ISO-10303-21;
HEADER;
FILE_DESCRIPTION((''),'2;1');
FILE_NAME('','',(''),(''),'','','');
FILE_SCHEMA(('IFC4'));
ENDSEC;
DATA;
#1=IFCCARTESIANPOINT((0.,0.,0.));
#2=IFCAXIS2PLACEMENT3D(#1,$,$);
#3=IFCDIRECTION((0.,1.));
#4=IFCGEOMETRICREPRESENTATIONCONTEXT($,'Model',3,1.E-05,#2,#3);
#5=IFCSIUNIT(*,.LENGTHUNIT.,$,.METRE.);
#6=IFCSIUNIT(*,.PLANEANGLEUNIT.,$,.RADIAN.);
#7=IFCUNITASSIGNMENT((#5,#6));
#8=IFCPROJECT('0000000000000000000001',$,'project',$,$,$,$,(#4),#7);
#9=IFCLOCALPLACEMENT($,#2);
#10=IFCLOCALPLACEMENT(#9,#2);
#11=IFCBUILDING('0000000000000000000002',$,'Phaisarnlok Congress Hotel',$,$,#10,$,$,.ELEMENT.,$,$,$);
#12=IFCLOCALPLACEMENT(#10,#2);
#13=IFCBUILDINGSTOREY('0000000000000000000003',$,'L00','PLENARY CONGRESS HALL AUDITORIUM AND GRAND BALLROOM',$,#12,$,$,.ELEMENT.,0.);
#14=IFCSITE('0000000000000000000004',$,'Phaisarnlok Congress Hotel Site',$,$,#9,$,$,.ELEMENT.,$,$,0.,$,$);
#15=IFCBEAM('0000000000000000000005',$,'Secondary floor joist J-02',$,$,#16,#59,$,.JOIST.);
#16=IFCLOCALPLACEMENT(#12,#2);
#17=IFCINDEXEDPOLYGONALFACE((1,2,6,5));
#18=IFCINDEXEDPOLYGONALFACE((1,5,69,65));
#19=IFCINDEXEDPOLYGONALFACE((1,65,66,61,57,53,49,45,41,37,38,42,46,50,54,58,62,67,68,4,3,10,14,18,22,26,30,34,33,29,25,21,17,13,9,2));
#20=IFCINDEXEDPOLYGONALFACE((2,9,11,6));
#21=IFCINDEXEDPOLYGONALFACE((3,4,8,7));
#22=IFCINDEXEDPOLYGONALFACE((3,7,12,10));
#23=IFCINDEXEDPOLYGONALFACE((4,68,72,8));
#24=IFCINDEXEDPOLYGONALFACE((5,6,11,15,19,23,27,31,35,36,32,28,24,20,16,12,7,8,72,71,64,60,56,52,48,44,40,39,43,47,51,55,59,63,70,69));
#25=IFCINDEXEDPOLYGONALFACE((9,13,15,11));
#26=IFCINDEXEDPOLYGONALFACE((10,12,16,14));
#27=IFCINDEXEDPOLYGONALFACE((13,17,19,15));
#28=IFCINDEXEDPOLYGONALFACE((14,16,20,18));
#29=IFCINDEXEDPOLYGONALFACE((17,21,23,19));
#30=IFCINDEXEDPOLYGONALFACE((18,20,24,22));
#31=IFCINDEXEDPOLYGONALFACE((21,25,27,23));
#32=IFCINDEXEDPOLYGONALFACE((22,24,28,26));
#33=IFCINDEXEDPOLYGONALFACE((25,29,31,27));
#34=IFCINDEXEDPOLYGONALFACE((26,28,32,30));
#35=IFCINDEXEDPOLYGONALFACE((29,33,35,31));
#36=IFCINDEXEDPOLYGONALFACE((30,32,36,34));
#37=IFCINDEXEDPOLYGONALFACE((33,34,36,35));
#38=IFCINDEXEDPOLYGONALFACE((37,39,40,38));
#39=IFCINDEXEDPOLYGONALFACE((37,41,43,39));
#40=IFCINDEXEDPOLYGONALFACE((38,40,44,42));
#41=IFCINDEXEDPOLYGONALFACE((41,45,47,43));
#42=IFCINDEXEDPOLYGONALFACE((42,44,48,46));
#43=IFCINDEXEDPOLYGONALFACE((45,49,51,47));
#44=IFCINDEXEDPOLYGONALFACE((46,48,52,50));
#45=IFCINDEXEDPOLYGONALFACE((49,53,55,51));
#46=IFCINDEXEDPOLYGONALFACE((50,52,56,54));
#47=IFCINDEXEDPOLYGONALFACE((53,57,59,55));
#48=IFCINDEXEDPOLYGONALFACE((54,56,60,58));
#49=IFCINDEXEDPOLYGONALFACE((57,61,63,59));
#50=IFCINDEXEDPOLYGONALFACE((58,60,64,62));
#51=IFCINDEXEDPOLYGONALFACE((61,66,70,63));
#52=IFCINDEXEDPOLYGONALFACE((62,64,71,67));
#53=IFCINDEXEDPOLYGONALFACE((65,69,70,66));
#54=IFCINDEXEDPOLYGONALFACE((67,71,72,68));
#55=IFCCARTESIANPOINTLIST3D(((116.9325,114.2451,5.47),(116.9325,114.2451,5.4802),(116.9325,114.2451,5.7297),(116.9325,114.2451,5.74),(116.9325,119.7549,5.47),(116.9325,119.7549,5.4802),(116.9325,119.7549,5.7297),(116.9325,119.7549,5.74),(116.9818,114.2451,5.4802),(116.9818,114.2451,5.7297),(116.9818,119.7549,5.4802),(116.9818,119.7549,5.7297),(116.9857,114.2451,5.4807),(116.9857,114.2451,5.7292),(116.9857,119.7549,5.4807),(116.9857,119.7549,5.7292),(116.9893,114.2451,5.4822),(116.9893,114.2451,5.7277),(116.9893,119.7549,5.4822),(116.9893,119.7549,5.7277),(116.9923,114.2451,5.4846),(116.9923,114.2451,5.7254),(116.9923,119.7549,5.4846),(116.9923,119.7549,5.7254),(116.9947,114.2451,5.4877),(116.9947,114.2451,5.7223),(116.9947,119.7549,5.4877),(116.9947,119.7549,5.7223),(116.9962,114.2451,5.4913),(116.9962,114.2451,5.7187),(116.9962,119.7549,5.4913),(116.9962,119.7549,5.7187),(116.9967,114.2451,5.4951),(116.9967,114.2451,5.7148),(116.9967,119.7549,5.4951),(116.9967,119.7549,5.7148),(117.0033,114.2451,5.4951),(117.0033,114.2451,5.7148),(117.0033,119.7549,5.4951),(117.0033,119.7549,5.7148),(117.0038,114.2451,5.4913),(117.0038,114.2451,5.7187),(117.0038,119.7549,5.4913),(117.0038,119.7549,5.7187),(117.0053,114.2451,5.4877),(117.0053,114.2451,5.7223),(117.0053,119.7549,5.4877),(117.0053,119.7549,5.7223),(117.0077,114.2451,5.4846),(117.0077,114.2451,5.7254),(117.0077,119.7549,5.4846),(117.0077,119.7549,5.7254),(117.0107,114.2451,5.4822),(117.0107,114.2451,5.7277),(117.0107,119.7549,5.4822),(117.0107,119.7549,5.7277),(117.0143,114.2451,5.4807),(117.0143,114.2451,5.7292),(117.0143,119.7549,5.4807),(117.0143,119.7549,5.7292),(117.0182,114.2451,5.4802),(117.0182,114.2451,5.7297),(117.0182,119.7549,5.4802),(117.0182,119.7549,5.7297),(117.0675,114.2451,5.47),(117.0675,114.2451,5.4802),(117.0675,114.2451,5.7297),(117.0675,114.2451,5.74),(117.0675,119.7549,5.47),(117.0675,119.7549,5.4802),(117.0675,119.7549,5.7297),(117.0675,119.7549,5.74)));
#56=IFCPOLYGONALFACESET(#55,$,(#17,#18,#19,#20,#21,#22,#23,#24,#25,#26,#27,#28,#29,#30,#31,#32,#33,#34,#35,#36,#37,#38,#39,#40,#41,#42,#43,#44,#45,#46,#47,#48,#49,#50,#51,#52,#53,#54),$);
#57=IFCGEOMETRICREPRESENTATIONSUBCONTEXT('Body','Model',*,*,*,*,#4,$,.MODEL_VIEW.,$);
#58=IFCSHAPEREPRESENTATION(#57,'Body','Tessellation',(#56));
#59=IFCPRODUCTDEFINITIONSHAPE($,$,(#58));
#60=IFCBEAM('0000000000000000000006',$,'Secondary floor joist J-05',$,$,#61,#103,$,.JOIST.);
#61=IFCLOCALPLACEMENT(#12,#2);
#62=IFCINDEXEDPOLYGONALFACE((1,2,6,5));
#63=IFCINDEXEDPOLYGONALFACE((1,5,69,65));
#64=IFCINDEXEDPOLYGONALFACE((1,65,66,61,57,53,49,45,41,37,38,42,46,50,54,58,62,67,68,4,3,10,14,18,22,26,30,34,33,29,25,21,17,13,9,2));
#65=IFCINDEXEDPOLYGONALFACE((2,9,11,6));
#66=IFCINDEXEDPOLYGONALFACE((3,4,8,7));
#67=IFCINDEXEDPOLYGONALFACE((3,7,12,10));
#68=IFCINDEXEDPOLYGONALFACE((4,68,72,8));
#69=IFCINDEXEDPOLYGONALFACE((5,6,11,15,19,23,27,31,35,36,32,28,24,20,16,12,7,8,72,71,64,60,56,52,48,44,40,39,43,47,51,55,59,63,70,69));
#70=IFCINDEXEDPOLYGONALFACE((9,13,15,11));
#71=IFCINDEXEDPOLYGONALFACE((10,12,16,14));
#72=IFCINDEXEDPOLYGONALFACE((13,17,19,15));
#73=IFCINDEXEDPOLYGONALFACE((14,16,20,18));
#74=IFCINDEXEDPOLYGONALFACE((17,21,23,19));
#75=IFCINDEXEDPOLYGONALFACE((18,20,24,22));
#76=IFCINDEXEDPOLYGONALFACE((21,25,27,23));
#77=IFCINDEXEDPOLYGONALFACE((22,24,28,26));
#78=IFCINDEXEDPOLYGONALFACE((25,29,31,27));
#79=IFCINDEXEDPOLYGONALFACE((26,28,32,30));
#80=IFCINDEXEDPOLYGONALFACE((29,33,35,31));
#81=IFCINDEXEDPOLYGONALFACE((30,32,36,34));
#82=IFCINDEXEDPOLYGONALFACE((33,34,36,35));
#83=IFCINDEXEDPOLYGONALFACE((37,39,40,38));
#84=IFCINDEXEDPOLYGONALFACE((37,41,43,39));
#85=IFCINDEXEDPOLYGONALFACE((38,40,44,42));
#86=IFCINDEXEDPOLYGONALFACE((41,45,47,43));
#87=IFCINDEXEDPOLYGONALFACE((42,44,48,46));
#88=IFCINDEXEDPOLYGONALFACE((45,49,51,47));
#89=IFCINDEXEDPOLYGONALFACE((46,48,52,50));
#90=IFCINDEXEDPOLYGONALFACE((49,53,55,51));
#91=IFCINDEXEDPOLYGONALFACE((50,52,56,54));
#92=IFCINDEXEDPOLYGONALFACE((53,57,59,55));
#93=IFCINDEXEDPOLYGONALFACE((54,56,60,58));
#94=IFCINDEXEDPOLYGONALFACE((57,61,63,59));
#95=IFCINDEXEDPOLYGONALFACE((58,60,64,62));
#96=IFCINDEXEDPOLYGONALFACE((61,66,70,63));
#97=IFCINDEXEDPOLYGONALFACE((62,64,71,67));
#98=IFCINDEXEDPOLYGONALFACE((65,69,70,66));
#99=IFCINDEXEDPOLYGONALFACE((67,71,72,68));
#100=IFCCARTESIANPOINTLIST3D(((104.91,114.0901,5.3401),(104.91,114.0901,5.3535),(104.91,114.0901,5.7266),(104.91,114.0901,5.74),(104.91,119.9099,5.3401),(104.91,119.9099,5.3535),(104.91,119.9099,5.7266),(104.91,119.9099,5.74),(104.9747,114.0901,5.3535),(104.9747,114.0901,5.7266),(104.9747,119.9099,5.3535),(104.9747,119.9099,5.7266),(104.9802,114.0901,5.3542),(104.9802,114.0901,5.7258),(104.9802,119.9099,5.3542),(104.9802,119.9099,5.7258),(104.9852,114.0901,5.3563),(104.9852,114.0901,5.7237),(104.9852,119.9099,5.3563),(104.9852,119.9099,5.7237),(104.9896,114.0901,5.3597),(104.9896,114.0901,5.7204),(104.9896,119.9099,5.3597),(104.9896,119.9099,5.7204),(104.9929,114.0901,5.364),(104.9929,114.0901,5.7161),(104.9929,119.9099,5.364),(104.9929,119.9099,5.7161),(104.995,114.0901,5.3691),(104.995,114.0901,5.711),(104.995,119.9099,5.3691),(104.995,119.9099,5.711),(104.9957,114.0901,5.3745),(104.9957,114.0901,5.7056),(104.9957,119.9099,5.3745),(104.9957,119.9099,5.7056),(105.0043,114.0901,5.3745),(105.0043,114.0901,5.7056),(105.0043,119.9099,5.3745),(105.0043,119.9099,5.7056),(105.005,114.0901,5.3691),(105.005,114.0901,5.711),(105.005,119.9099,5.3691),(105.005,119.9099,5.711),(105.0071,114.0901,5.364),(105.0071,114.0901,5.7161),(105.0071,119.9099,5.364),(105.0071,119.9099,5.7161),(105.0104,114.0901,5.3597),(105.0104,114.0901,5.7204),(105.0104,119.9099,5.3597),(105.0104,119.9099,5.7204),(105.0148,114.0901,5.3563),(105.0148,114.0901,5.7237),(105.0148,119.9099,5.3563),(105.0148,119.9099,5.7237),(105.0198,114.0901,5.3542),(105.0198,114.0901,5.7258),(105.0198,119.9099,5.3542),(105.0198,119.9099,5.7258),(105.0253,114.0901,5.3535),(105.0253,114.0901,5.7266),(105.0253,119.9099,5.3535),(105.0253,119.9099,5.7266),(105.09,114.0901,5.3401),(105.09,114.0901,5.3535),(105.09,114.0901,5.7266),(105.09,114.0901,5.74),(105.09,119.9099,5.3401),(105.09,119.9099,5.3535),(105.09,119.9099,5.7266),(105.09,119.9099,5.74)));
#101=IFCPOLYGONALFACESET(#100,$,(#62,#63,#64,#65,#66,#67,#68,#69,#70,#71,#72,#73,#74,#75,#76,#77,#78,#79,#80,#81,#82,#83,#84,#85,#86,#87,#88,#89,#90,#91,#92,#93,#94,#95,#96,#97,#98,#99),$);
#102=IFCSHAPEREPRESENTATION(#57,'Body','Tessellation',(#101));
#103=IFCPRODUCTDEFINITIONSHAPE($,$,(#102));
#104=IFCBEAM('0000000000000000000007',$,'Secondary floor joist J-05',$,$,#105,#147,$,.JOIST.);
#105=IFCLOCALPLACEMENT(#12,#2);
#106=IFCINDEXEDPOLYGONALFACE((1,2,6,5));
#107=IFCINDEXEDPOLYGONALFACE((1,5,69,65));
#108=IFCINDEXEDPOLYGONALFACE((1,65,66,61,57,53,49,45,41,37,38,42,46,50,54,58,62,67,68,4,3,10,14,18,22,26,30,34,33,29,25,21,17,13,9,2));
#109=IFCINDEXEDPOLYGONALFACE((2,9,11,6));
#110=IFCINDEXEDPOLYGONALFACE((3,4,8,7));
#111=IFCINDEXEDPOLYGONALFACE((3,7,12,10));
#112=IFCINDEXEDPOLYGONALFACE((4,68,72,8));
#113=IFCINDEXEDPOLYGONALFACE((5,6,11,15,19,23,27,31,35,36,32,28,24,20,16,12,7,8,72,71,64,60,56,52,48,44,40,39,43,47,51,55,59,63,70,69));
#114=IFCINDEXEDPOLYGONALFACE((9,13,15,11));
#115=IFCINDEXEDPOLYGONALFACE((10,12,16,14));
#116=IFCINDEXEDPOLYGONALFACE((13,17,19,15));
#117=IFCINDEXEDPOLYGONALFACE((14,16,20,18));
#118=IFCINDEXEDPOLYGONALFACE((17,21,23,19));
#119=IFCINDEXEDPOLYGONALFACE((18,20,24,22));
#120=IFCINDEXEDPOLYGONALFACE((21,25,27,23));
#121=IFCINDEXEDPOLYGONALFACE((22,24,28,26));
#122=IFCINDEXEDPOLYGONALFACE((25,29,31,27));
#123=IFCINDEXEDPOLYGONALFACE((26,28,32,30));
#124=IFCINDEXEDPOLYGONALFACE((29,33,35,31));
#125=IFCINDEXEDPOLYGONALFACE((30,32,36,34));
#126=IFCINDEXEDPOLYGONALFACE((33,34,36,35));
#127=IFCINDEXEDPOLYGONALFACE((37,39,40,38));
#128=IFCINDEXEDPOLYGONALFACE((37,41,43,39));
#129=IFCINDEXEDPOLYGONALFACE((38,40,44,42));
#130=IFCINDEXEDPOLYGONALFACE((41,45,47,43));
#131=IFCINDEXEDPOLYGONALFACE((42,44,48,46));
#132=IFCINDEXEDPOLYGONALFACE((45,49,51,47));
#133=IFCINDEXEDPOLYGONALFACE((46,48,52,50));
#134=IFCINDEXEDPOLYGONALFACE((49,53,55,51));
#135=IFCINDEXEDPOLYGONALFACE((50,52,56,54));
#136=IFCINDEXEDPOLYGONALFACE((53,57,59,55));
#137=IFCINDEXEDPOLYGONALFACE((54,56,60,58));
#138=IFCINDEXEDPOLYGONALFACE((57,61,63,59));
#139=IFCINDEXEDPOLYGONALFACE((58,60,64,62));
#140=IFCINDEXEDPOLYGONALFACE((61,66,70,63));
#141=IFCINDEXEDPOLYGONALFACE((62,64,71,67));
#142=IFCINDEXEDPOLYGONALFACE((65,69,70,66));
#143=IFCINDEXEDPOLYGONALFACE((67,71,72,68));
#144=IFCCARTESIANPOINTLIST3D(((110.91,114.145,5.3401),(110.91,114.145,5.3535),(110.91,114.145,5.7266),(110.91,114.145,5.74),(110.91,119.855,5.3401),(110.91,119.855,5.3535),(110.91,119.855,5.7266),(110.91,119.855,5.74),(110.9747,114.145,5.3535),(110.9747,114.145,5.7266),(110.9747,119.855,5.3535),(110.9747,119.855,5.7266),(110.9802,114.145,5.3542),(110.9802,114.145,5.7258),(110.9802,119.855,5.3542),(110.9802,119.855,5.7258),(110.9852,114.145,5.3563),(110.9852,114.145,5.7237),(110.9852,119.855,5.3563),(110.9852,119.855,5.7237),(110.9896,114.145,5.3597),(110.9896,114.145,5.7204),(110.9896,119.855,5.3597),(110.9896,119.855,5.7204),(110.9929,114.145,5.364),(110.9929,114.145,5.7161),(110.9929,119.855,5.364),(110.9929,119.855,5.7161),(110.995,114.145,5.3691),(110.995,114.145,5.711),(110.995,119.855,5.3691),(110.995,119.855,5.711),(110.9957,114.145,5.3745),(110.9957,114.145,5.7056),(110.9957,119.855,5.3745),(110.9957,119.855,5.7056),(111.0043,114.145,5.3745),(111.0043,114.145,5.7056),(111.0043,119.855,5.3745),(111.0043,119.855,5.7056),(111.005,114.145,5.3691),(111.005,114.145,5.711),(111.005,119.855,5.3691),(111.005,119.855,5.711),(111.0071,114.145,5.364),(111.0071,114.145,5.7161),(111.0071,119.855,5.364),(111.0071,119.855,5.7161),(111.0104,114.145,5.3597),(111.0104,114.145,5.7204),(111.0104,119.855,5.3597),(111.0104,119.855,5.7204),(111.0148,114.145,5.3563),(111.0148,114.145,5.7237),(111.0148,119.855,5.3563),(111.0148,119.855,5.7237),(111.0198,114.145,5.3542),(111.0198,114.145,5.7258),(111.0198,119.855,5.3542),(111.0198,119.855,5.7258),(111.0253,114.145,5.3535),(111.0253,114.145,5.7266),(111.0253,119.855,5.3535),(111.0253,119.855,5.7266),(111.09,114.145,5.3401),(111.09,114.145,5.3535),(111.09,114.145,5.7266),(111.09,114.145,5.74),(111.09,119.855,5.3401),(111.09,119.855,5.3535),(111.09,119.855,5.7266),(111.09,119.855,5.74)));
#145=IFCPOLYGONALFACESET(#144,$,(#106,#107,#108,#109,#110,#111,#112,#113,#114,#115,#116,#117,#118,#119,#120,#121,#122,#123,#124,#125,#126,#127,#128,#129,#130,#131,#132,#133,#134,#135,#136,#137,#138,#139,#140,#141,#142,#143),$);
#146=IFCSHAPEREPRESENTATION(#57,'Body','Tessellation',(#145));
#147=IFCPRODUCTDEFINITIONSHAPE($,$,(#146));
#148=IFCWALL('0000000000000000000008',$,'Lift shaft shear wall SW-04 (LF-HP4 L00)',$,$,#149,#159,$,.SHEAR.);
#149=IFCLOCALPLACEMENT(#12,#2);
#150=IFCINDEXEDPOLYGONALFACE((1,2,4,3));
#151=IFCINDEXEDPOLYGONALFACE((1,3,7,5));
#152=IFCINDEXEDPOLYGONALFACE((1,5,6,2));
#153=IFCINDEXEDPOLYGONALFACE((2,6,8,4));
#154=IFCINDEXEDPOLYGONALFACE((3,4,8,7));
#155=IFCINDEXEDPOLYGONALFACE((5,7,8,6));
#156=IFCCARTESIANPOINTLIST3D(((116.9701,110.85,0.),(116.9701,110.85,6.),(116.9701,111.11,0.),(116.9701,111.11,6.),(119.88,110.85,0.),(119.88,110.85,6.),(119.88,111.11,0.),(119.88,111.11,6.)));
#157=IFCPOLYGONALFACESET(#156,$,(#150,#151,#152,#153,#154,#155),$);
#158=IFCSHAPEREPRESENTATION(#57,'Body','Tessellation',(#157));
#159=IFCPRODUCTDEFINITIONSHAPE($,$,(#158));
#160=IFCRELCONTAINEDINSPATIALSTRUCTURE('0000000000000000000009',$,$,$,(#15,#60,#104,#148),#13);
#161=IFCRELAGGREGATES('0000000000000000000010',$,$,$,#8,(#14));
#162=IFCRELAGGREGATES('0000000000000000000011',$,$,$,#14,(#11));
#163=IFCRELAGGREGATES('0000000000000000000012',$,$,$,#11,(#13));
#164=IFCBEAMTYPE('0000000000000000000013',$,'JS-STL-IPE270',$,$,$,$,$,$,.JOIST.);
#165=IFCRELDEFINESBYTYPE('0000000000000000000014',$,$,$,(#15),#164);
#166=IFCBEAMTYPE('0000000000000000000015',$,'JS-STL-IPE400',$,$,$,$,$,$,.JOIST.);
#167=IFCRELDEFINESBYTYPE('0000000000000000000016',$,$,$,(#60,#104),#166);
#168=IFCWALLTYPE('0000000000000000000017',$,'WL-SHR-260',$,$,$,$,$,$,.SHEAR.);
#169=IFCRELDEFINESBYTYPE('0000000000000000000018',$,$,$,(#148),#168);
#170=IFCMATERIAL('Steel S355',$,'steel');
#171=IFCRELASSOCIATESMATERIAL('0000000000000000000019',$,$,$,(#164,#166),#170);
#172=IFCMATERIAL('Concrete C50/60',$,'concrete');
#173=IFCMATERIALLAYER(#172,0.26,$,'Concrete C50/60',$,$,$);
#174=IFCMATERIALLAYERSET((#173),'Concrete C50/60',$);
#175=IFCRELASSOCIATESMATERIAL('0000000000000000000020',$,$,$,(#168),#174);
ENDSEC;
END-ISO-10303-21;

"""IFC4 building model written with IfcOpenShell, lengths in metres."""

from ifc_helpers import new_model, si_unit, direction, frame, frame_2d, origin, origin_2d, place, context, subcontext, project, spatial, rectangle, i_section, extrude, material, layer, layer_set, material_profile, profile_set, type_object, element, save


model = new_model("IFC4")

# Units and contexts
model_context = context("Model", 3, precision=1e-05, world=origin(), true_north=direction((0.0, 1.0)))
body_context = subcontext(model_context, "Body", "Model", "MODEL_VIEW")
ifc_project = project(units=[si_unit("LENGTHUNIT", "METRE"), si_unit("PLANEANGLEUNIT", "RADIAN")], contexts=[model_context])

# Site, building, storey
site_placement = place(None, origin())
site = spatial("IfcSite", under=ifc_project, at=site_placement, Name="Phaisarnlok Congress Hotel Site", CompositionType="ELEMENT", RefElevation=0.0)
building_placement = place(site_placement, origin())
building = spatial("IfcBuilding", under=site, at=building_placement, Name="Phaisarnlok Congress Hotel", CompositionType="ELEMENT")
storey_placement = place(building_placement, origin())
storey = spatial("IfcBuildingStorey", under=building, at=storey_placement, Name="L00", Description="PLENARY CONGRESS HALL AUDITORIUM AND GRAND BALLROOM", CompositionType="ELEMENT", Elevation=0.0)

# Shared definitions
ifc_material_1 = material(Name="Concrete C50/60", Category="concrete")

# Beams
ifc_material_2 = material(Name="Steel S355", Category="steel")
ifc_material_profile_1 = material_profile(ifc_material_2, i_section(OverallWidth=0.135, OverallDepth=0.27, WebThickness=0.0066, FlangeThickness=0.0103, FilletRadius=0.0149, at=origin_2d()), Name="IPE 270")
ifc_profile_set_1 = profile_set([ifc_material_profile_1], Name="Steel S355")
beam_type_1 = type_object("IfcBeamType", Name="JS-STL-IPE270", PredefinedType="JOIST", material=ifc_profile_set_1)
beam_1_placement = place(storey_placement, frame((117.0, 114.2451, 5.605), z_axis=(0.0, 1.0, 0.0), x_axis=(-1.0, 0.0, 0.0)))
element("IfcBeam", 1, at=beam_1_placement, inside=storey, type_object=beam_type_1, Name="Secondary floor joist J-02", PredefinedType="JOIST", context=body_context, shape_type="SweptSolid", body=[
    extrude(i_section(OverallWidth=0.135, OverallDepth=0.27, WebThickness=0.0066, FlangeThickness=0.0103, FilletRadius=0.0149, at=origin_2d()), origin(), (0.0, 0.0, 1.0), 5.5098),
])
ifc_material_profile_2 = material_profile(ifc_material_2, i_section(OverallWidth=0.1799, OverallDepth=0.3999, WebThickness=0.0085, FlangeThickness=0.0134, FilletRadius=0.021, at=origin_2d()), Name="IPE 400")
ifc_profile_set_2 = profile_set([ifc_material_profile_2], Name="Steel S355")
beam_type_2 = type_object("IfcBeamType", Name="JS-STL-IPE400", PredefinedType="JOIST", material=ifc_profile_set_2)
beam_2_placement = place(storey_placement, frame((105.0, 114.0901, 5.54), z_axis=(0.0, 1.0, 0.0), x_axis=(-1.0, 0.0, 0.0)))
element("IfcBeam", 2, at=beam_2_placement, inside=storey, type_object=beam_type_2, Name="Secondary floor joist J-05", PredefinedType="JOIST", context=body_context, shape_type="SweptSolid", body=[
    extrude(i_section(OverallWidth=0.1799, OverallDepth=0.3999, WebThickness=0.0085, FlangeThickness=0.0134, FilletRadius=0.021, at=origin_2d()), origin(), (0.0, 0.0, 1.0), 5.8198),
])
beam_3_placement = place(storey_placement, frame((111.0, 114.145, 5.54), z_axis=(0.0, 1.0, 0.0), x_axis=(-1.0, 0.0, 0.0)))
element("IfcBeam", 3, at=beam_3_placement, inside=storey, type_object=beam_type_2, Name="Secondary floor joist J-05", PredefinedType="JOIST", context=body_context, shape_type="SweptSolid", body=[
    extrude(i_section(OverallWidth=0.1799, OverallDepth=0.3999, WebThickness=0.0085, FlangeThickness=0.0134, FilletRadius=0.021, at=origin_2d()), origin(), (0.0, 0.0, 1.0), 5.71),
])

# Shared definitions
ifc_layer_1 = layer(ifc_material_1, 0.26, Name="Concrete C50/60")
ifc_layer_set_1 = layer_set([ifc_layer_1], Name="Concrete C50/60")
wall_type_1 = type_object("IfcWallType", Name="WL-SHR-260", PredefinedType="SHEAR", material=ifc_layer_set_1)

# Wall
wall_1_placement = place(storey_placement, frame((116.97, 110.98, 0.0), z_axis=(0.0, 0.0, 1.0), x_axis=(1.0, 0.0, 0.0)))
element("IfcWall", 4, at=wall_1_placement, inside=storey, type_object=wall_type_1, Name="Lift shaft shear wall SW-04 (LF-HP4 L00)", PredefinedType="SHEAR", context=body_context, shape_type="SweptSolid", body=[
    extrude(rectangle(XDim=2.9099, YDim=0.26, at=frame_2d((1.4551, 0.0))), origin(), (0.0, 0.0, 1.0), 6.0),
])

save(model, "model.ifc")
